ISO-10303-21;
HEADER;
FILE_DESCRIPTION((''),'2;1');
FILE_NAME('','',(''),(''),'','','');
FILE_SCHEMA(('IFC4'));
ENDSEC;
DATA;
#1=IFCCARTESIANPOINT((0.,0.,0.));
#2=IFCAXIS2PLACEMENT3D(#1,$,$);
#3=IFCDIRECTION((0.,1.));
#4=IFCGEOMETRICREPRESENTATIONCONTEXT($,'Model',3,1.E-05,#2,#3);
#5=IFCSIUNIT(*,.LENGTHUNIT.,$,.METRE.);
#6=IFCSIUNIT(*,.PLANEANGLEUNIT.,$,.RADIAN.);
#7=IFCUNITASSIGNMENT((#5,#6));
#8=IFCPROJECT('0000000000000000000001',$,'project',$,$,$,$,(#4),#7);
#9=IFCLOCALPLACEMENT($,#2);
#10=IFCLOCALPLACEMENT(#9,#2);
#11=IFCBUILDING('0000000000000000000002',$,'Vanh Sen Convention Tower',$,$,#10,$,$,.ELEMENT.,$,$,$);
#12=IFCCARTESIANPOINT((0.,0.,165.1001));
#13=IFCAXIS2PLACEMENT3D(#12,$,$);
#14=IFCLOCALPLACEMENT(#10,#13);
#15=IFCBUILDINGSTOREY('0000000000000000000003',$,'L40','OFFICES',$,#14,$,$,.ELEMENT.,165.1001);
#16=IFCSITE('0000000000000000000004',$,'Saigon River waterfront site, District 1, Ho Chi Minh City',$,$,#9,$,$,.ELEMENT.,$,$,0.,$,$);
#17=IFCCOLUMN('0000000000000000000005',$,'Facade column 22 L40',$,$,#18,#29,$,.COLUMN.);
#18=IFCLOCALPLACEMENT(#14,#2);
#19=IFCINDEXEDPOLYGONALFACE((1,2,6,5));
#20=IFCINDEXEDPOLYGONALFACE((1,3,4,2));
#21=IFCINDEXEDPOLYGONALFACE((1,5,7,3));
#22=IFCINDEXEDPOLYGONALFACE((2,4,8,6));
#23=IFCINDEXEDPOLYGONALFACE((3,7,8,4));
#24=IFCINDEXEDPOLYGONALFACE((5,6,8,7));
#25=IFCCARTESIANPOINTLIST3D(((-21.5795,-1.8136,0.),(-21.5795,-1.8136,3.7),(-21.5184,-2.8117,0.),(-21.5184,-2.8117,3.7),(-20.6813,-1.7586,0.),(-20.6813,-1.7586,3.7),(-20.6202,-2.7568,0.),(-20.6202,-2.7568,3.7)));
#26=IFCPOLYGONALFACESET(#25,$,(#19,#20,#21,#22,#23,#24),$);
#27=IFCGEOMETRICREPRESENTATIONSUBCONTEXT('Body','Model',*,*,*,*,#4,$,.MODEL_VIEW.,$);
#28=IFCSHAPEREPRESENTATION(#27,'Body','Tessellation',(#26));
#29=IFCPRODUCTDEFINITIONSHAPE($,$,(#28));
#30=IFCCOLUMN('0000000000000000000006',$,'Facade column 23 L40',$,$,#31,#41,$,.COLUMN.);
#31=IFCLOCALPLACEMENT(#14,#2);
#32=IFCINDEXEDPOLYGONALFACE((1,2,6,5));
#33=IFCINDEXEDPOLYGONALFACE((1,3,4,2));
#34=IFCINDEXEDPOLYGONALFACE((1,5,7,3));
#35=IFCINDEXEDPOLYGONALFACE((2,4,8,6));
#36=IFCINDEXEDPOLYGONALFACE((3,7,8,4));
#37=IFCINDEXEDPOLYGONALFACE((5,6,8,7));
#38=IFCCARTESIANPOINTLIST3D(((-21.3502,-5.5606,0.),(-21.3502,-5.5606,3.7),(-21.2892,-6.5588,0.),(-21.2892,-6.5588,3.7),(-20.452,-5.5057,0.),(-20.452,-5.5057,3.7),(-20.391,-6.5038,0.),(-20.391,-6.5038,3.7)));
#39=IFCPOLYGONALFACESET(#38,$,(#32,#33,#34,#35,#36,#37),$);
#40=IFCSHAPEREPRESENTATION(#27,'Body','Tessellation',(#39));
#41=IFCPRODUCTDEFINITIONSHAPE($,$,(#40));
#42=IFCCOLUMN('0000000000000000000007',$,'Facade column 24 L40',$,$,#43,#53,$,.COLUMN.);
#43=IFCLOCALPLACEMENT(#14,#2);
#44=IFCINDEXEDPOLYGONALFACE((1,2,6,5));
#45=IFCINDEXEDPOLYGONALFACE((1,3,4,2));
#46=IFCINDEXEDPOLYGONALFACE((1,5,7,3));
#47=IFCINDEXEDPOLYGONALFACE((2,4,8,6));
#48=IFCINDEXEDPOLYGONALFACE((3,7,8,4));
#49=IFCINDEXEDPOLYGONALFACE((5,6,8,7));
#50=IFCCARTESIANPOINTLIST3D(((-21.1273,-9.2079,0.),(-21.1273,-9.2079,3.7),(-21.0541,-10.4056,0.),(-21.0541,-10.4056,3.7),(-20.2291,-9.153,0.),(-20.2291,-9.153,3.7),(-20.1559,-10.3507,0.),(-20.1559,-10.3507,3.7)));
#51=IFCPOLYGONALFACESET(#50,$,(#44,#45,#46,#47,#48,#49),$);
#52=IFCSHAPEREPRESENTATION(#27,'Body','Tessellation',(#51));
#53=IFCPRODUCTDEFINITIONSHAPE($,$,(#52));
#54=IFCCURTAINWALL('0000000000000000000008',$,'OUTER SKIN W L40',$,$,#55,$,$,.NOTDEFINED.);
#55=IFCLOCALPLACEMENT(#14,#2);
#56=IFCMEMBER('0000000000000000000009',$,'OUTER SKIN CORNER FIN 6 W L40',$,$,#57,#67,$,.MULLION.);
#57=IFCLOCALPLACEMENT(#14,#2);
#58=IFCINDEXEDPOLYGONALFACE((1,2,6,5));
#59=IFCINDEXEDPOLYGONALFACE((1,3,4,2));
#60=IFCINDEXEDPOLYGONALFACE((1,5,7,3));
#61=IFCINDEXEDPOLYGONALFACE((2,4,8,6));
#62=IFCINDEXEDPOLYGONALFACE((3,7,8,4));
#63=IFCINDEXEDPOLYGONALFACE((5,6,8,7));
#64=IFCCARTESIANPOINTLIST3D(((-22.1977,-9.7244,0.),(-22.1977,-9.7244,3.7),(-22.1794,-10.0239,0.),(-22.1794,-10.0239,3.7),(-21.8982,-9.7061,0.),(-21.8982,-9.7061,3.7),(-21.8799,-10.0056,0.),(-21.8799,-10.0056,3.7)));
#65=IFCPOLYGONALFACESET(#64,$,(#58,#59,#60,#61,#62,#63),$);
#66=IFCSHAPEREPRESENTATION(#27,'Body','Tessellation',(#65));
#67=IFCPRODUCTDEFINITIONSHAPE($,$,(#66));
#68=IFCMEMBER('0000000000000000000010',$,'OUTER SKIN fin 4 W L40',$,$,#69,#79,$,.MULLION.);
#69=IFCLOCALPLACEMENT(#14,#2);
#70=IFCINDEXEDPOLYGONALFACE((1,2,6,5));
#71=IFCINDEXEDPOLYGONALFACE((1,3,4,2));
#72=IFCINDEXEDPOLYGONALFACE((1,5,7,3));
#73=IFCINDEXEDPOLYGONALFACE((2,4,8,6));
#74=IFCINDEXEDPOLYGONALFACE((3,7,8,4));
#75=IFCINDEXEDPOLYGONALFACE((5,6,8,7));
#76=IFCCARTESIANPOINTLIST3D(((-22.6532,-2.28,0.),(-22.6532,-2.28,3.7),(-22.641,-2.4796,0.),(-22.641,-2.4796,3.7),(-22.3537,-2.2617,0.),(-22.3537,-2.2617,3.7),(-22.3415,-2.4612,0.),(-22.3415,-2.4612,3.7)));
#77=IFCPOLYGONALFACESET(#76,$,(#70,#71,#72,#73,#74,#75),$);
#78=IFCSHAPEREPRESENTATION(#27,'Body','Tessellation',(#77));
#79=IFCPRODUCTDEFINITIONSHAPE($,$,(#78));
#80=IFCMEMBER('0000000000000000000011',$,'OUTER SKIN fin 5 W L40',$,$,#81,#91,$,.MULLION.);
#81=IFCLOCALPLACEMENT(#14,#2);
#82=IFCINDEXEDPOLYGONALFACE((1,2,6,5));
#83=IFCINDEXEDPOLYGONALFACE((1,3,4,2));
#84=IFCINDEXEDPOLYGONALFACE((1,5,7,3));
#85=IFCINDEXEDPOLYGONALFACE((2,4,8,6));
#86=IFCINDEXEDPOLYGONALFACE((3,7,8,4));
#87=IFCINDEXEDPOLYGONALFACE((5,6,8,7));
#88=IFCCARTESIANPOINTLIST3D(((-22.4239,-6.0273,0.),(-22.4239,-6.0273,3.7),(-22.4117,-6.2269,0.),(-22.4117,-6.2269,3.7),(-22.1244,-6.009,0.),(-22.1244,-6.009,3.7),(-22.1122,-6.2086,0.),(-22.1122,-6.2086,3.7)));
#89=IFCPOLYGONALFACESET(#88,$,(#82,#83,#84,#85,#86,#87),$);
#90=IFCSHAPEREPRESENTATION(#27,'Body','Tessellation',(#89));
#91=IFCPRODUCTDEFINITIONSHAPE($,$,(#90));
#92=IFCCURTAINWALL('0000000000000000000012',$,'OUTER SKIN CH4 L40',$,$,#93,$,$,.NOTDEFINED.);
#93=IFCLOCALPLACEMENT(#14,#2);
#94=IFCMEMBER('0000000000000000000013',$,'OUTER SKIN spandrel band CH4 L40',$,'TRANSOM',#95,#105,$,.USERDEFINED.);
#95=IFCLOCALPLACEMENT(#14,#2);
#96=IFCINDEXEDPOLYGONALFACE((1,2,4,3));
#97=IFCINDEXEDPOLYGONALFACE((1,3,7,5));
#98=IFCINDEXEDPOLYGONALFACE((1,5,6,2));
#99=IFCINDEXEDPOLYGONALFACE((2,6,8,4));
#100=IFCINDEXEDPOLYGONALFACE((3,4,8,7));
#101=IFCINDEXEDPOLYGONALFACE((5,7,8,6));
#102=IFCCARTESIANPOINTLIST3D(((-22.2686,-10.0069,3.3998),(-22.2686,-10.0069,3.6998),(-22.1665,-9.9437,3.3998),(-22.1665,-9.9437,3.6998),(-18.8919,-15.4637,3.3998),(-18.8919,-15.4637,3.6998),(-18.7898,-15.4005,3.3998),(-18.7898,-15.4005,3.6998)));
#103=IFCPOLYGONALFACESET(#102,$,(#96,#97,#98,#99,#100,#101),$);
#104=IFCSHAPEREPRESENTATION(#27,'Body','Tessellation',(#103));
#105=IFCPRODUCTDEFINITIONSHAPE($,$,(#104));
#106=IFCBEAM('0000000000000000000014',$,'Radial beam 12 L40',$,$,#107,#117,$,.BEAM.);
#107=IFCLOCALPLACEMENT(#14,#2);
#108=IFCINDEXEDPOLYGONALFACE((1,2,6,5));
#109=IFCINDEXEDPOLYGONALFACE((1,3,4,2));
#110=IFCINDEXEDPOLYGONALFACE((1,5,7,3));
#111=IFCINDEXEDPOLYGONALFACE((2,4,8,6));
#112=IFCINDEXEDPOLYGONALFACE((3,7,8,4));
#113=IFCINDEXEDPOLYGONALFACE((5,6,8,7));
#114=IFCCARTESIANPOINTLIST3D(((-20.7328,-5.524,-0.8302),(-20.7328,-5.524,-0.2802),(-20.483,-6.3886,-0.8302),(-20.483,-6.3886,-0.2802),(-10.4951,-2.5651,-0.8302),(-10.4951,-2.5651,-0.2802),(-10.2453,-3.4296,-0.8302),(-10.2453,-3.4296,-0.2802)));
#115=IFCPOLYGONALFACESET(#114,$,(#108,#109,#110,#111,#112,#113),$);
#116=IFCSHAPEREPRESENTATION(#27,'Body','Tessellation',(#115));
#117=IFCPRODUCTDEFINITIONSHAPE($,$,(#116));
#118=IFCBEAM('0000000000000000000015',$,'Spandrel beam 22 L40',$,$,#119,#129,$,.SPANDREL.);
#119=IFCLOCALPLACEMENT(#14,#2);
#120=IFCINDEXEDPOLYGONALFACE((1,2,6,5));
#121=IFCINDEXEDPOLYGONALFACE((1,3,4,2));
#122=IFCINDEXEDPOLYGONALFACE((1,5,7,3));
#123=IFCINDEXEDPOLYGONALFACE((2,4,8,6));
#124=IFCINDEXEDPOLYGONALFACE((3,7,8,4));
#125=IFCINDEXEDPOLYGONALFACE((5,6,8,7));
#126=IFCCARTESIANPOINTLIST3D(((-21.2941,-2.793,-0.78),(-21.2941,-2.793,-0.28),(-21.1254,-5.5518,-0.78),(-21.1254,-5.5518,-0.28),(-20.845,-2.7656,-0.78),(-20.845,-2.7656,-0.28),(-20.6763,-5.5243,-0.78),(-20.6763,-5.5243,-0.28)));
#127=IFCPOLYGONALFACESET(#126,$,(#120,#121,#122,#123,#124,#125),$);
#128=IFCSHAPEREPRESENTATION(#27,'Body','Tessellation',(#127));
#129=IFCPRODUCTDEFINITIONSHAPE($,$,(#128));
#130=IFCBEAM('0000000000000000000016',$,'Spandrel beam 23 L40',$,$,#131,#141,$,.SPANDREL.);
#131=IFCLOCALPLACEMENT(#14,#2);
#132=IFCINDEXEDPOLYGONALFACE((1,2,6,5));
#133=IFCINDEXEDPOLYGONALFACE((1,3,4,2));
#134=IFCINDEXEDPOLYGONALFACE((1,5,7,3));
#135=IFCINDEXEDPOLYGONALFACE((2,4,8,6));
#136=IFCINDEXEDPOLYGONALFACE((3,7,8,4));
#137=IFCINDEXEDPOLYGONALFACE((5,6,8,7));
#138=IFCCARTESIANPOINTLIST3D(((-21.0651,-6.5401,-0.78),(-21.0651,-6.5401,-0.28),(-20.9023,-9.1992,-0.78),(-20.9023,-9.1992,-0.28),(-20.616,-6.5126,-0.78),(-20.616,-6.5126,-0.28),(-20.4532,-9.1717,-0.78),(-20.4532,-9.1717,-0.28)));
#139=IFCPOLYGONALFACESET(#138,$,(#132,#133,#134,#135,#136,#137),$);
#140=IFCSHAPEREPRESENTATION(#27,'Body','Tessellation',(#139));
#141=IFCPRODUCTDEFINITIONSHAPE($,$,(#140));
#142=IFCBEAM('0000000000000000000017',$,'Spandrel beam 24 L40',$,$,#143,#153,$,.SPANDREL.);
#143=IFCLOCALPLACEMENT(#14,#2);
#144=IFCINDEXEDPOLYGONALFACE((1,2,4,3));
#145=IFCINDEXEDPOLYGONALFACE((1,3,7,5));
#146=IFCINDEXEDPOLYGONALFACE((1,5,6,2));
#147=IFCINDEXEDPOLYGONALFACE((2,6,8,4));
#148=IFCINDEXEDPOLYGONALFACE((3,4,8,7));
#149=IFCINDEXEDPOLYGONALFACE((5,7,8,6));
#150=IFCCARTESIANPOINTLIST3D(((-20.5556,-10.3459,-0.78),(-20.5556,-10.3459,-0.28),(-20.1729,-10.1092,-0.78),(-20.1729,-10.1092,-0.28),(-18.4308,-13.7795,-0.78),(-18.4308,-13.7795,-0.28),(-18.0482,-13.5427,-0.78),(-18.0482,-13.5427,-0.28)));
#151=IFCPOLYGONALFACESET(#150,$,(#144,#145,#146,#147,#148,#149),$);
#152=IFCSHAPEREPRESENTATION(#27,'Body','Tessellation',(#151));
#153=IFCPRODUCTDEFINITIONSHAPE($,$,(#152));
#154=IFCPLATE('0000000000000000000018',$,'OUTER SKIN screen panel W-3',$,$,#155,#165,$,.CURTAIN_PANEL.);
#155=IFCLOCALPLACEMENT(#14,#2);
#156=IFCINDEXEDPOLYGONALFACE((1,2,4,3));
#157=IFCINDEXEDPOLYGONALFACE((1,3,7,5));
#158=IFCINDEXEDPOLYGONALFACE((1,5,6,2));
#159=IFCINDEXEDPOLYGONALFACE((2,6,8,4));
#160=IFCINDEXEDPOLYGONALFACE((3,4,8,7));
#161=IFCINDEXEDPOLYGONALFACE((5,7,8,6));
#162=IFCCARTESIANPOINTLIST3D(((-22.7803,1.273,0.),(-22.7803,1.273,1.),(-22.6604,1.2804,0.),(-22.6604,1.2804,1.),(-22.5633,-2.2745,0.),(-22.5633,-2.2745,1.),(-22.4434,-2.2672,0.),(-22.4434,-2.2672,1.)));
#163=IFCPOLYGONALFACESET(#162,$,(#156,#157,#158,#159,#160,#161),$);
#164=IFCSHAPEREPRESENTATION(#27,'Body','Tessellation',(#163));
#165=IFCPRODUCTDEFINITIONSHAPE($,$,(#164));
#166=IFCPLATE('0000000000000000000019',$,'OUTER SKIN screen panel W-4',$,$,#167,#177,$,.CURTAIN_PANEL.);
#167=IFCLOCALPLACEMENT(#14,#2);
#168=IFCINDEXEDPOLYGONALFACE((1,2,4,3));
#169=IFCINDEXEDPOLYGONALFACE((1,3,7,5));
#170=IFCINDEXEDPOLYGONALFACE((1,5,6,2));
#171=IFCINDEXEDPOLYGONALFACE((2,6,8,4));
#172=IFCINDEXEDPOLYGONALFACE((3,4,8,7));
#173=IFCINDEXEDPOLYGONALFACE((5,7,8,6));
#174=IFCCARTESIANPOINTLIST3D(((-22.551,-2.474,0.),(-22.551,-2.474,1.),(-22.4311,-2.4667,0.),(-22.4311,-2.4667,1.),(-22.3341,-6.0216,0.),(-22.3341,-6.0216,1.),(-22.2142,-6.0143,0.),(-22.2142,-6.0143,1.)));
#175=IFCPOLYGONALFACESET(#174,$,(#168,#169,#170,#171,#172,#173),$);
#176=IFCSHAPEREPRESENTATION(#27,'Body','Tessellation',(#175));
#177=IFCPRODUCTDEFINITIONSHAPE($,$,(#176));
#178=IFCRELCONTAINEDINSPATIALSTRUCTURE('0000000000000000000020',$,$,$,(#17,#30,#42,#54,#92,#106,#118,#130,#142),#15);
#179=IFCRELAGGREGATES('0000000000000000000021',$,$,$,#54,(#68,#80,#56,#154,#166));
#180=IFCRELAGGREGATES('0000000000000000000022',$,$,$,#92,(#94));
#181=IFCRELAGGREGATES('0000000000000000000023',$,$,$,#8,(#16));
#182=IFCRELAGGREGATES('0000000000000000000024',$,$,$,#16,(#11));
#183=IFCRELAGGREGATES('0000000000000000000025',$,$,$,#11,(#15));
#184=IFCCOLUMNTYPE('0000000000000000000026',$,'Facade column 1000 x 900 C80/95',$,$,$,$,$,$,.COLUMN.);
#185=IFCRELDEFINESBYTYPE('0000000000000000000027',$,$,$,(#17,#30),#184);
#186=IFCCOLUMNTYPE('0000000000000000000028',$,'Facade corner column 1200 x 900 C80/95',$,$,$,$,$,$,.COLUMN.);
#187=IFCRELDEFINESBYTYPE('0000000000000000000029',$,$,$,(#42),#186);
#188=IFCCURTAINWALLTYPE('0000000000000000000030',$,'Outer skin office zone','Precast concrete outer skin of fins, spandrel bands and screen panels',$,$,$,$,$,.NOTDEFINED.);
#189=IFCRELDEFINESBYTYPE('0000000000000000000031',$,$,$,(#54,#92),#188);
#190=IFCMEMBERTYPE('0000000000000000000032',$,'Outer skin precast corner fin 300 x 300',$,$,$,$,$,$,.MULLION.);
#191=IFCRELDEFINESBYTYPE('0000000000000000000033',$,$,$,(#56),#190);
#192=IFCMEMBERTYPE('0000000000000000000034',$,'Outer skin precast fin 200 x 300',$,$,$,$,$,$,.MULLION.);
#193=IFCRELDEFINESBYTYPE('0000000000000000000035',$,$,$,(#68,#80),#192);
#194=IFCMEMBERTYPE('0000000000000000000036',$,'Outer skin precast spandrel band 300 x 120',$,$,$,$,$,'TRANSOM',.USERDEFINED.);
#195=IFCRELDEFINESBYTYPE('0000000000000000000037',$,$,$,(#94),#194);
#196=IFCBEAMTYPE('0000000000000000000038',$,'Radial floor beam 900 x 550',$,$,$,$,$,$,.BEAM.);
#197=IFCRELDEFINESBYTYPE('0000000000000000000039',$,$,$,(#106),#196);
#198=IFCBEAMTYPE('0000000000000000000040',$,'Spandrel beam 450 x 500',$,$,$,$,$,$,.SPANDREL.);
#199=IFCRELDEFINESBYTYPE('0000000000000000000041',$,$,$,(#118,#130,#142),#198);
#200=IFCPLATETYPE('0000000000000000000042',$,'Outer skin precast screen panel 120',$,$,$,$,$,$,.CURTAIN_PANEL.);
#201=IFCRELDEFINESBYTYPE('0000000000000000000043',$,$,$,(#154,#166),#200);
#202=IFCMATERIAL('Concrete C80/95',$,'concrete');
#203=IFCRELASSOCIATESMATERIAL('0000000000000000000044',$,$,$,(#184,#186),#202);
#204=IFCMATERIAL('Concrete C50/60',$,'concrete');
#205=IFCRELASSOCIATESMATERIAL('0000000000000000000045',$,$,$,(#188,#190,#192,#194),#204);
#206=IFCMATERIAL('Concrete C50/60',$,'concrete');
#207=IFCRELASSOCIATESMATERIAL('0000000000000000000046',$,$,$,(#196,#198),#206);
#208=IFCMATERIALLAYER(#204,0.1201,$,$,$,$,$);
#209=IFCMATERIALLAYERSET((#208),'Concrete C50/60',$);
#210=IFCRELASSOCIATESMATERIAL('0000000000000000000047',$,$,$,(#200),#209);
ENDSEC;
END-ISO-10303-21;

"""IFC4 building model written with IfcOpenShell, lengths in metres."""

from ifc_helpers import new_model, si_unit, direction, frame, origin, origin_2d, place, context, subcontext, project, spatial, rectangle, extrude, material, layer, layer_set, material_profile, profile_set, type_object, element, aggregate, save


model = new_model("IFC4")

# Units and contexts
model_context = context("Model", 3, precision=1e-05, world=origin(), true_north=direction((0.0, 1.0)))
body_context = subcontext(model_context, "Body", "Model", "MODEL_VIEW")
ifc_project = project(units=[si_unit("LENGTHUNIT", "METRE"), si_unit("PLANEANGLEUNIT", "RADIAN")], contexts=[model_context])

# Site, building, storey
site_placement = place(None, origin())
site = spatial("IfcSite", under=ifc_project, at=site_placement, Name="Saigon River waterfront site, District 1, Ho Chi Minh City", CompositionType="ELEMENT", RefElevation=0.0)
building_placement = place(site_placement, origin())
building = spatial("IfcBuilding", under=site, at=building_placement, Name="Vanh Sen Convention Tower", CompositionType="ELEMENT")
storey_placement = place(building_placement, frame((0.0, 0.0, 165.1001)))
storey = spatial("IfcBuildingStorey", under=building, at=storey_placement, Name="L40", Description="OFFICES", CompositionType="ELEMENT", Elevation=165.1001)

# Columns
ifc_material_1 = material(Name="Concrete C80/95", Category="concrete")
ifc_material_profile_1 = material_profile(ifc_material_1, rectangle(XDim=1.0, YDim=0.8999, at=origin_2d()), Name="RC 1000X900")
ifc_profile_set_1 = profile_set([ifc_material_profile_1], Name="Concrete C80/95")
column_type_1 = type_object("IfcColumnType", Name="Facade column 1000 x 900 C80/95", PredefinedType="COLUMN", material=ifc_profile_set_1)
for number, where, z_axis, x_axis, name in (
    (1, (-21.0999, -2.2852, 0.0), (0.0, 0.0, 1.0), (0.061049, -0.998135, 0.0), "Facade column 22 L40"),
    (2, (-20.8706, -6.0322, 0.0), (0.0, 0.0, 1.0), (0.061049, -0.998135, 0.0), "Facade column 23 L40"),
):
    element("IfcColumn", number, at=place(storey_placement, frame(where, z_axis=z_axis, x_axis=x_axis)), inside=storey, type_object=column_type_1, Name=name, PredefinedType="COLUMN", context=body_context, shape_type="SweptSolid", body=[
        extrude(rectangle(XDim=1.0, YDim=0.8999, at=origin_2d()), origin(), (0.0, 0.0, 1.0), 3.7),
    ])
ifc_material_profile_2 = material_profile(ifc_material_1, rectangle(XDim=1.2, YDim=0.8999, at=origin_2d()), Name="RC 1200X900")
ifc_profile_set_2 = profile_set([ifc_material_profile_2], Name="Concrete C80/95")
column_type_2 = type_object("IfcColumnType", Name="Facade corner column 1200 x 900 C80/95", PredefinedType="COLUMN", material=ifc_profile_set_2)
column_placement = place(storey_placement, frame((-20.6416, -9.7793, 0.0), z_axis=(0.0, 0.0, 1.0), x_axis=(0.061049, -0.998135, 0.0)))
element("IfcColumn", 3, at=column_placement, inside=storey, type_object=column_type_2, Name="Facade column 24 L40", PredefinedType="COLUMN", context=body_context, shape_type="SweptSolid", body=[
    extrude(rectangle(XDim=1.2, YDim=0.8999, at=origin_2d()), origin(), (0.0, 0.0, 1.0), 3.7),
])

# Curtain wall, members
ifc_material_2 = material(Name="Concrete C50/60", Category="concrete")
curtain_wall_type = type_object("IfcCurtainWallType", Name="Outer skin office zone", Description="Precast concrete outer skin of fins, spandrel bands and screen panels", PredefinedType="NOTDEFINED", material=ifc_material_2)
curtain_wall_1_placement = place(storey_placement, origin())
curtain_wall_1 = element("IfcCurtainWall", 4, at=curtain_wall_1_placement, inside=storey, type_object=curtain_wall_type, Name="OUTER SKIN W L40", PredefinedType="NOTDEFINED")
ifc_material_profile_3 = material_profile(ifc_material_2, rectangle(XDim=0.3, YDim=0.3, at=origin_2d()), Name="Outer skin precast corner fin 300 x 300")
ifc_profile_set_3 = profile_set([ifc_material_profile_3], Name="Concrete C50/60")
member_type_1 = type_object("IfcMemberType", Name="Outer skin precast corner fin 300 x 300", PredefinedType="MULLION", material=ifc_profile_set_3)
member_1_placement = place(storey_placement, frame((-22.0388, -9.865, 0.0), z_axis=(0.0, 0.0, 1.0), x_axis=(0.061049, -0.998135, 0.0)))
member_1 = element("IfcMember", 5, at=member_1_placement, type_object=member_type_1, Name="OUTER SKIN CORNER FIN 6 W L40", PredefinedType="MULLION", context=body_context, shape_type="SweptSolid", body=[
    extrude(rectangle(XDim=0.3, YDim=0.3, at=origin_2d()), origin(), (0.0, 0.0, 1.0), 3.7),
])
ifc_material_profile_4 = material_profile(ifc_material_2, rectangle(XDim=0.2, YDim=0.3, at=origin_2d()), Name="Outer skin precast fin 200 x 300")
ifc_profile_set_4 = profile_set([ifc_material_profile_4], Name="Concrete C50/60")
member_type_2 = type_object("IfcMemberType", Name="Outer skin precast fin 200 x 300", PredefinedType="MULLION", material=ifc_profile_set_4)
member_2_placement = place(storey_placement, frame((-22.4973, -2.3706, 0.0), z_axis=(0.0, 0.0, 1.0), x_axis=(0.061049, -0.998135, 0.0)))
member_2 = element("IfcMember", 6, at=member_2_placement, type_object=member_type_2, Name="OUTER SKIN fin 4 W L40", PredefinedType="MULLION", context=body_context, shape_type="SweptSolid", body=[
    extrude(rectangle(XDim=0.2, YDim=0.3, at=origin_2d()), origin(), (0.0, 0.0, 1.0), 3.7),
])
member_3_placement = place(storey_placement, frame((-22.2681, -6.1179, 0.0), z_axis=(0.0, 0.0, 1.0), x_axis=(0.061049, -0.998135, 0.0)))
member_3 = element("IfcMember", 7, at=member_3_placement, type_object=member_type_2, Name="OUTER SKIN fin 5 W L40", PredefinedType="MULLION", context=body_context, shape_type="SweptSolid", body=[
    extrude(rectangle(XDim=0.2, YDim=0.3, at=origin_2d()), origin(), (0.0, 0.0, 1.0), 3.7),
])

# Curtain wall, member
curtain_wall_2_placement = place(storey_placement, origin())
curtain_wall_2 = element("IfcCurtainWall", 8, at=curtain_wall_2_placement, inside=storey, type_object=curtain_wall_type, Name="OUTER SKIN CH4 L40", PredefinedType="NOTDEFINED")
ifc_material_profile_5 = material_profile(ifc_material_2, rectangle(XDim=0.1201, YDim=0.3, at=origin_2d()), Name="Outer skin precast spandrel band 300 x 120")
ifc_profile_set_5 = profile_set([ifc_material_profile_5], Name="Concrete C50/60")
member_type_3 = type_object("IfcMemberType", Name="Outer skin precast spandrel band 300 x 120", ElementType="TRANSOM", PredefinedType="USERDEFINED", material=ifc_profile_set_5)
member_4_placement = place(storey_placement, frame((-22.2175, -9.9753, 3.5498), z_axis=(0.526208, -0.850356, 0.0), x_axis=(0.850356, 0.526208, 0.0)))
member_4 = element("IfcMember", 9, at=member_4_placement, type_object=member_type_3, Name="OUTER SKIN spandrel band CH4 L40", ObjectType="TRANSOM", PredefinedType="USERDEFINED", context=body_context, shape_type="SweptSolid", body=[
    extrude(rectangle(XDim=0.1201, YDim=0.3, at=origin_2d()), origin(), (0.0, 0.0, 1.0), 6.417),
])

# Beams
ifc_material_3 = material(Name="Concrete C50/60", Category="concrete")
ifc_material_profile_6 = material_profile(ifc_material_3, rectangle(XDim=0.8999, YDim=0.55, at=origin_2d()), Name="RC 900X550")
ifc_profile_set_6 = profile_set([ifc_material_profile_6], Name="Concrete C50/60")
beam_type_1 = type_object("IfcBeamType", Name="Radial floor beam 900 x 550", PredefinedType="BEAM", material=ifc_profile_set_6)
beam_1_placement = place(storey_placement, frame((-20.6079, -5.9563, -0.5552), z_axis=(0.960679, 0.277661, 0.0), x_axis=(-0.277661, 0.960679, 0.0)))
element("IfcBeam", 10, at=beam_1_placement, inside=storey, type_object=beam_type_1, Name="Radial beam 12 L40", PredefinedType="BEAM", context=body_context, shape_type="SweptSolid", body=[
    extrude(rectangle(XDim=0.8999, YDim=0.55, at=origin_2d()), origin(), (0.0, 0.0, 1.0), 10.6567),
])
ifc_material_profile_7 = material_profile(ifc_material_3, rectangle(XDim=0.45, YDim=0.5, at=origin_2d()), Name="RC 450X500")
ifc_profile_set_7 = profile_set([ifc_material_profile_7], Name="Concrete C50/60")
beam_type_2 = type_object("IfcBeamType", Name="Spandrel beam 450 x 500", PredefinedType="SPANDREL", material=ifc_profile_set_7)
beam_2_placement = place(storey_placement, frame((-21.0696, -2.7793, -0.53), z_axis=(0.061036, -0.998136, 0.0), x_axis=(0.998136, 0.061036, 0.0)))
element("IfcBeam", 11, at=beam_2_placement, inside=storey, type_object=beam_type_2, Name="Spandrel beam 22 L40", PredefinedType="SPANDREL", context=body_context, shape_type="SweptSolid", body=[
    extrude(rectangle(XDim=0.45, YDim=0.5, at=origin_2d()), origin(), (0.0, 0.0, 1.0), 2.7639),
])
beam_3_placement = place(storey_placement, frame((-20.8406, -6.5264, -0.53), z_axis=(0.061123, -0.99813, 0.0), x_axis=(0.99813, 0.061123, 0.0)))
element("IfcBeam", 12, at=beam_3_placement, inside=storey, type_object=beam_type_2, Name="Spandrel beam 23 L40", PredefinedType="SPANDREL", context=body_context, shape_type="SweptSolid", body=[
    extrude(rectangle(XDim=0.45, YDim=0.5, at=origin_2d()), origin(), (0.0, 0.0, 1.0), 2.6641),
])
beam_4_placement = place(storey_placement, frame((-20.3643, -10.2275, -0.53), z_axis=(0.526211, -0.850354, 0.0), x_axis=(0.850354, 0.526211, 0.0)))
element("IfcBeam", 13, at=beam_4_placement, inside=storey, type_object=beam_type_2, Name="Spandrel beam 24 L40", PredefinedType="SPANDREL", context=body_context, shape_type="SweptSolid", body=[
    extrude(rectangle(XDim=0.45, YDim=0.5, at=origin_2d()), origin(), (0.0, 0.0, 1.0), 4.0378),
])

# Plates
ifc_layer_1 = layer(ifc_material_2, 0.1201)
ifc_layer_set_1 = layer_set([ifc_layer_1], Name="Concrete C50/60")
plate_type = type_object("IfcPlateType", Name="Outer skin precast screen panel 120", PredefinedType="CURTAIN_PANEL", material=ifc_layer_set_1)
plate_1_placement = place(storey_placement, frame((-22.6118, -0.4971, 0.0), z_axis=(0.0, 0.0, 1.0), x_axis=(0.061054, -0.998134, 0.0)))
plate_1 = element("IfcPlate", 14, at=plate_1_placement, type_object=plate_type, Name="OUTER SKIN screen panel W-3", PredefinedType="CURTAIN_PANEL", context=body_context, shape_type="SweptSolid", body=[
    extrude(rectangle(XDim=3.5542, YDim=0.1201, at=origin_2d()), origin(), (0.0, 0.0, 1.0), 1.0),
])
plate_2_placement = place(storey_placement, frame((-22.3826, -4.2441, 0.0), z_axis=(0.0, 0.0, 1.0), x_axis=(0.061026, -0.998136, 0.0)))
plate_2 = element("IfcPlate", 15, at=plate_2_placement, type_object=plate_type, Name="OUTER SKIN screen panel W-4", PredefinedType="CURTAIN_PANEL", context=body_context, shape_type="SweptSolid", body=[
    extrude(rectangle(XDim=3.5542, YDim=0.1201, at=origin_2d()), origin(), (0.0, 0.0, 1.0), 1.0),
])
aggregate(curtain_wall_1, [member_2, member_3, member_1, plate_1, plate_2])
aggregate(curtain_wall_2, [member_4])

save(model, "model.ifc")
